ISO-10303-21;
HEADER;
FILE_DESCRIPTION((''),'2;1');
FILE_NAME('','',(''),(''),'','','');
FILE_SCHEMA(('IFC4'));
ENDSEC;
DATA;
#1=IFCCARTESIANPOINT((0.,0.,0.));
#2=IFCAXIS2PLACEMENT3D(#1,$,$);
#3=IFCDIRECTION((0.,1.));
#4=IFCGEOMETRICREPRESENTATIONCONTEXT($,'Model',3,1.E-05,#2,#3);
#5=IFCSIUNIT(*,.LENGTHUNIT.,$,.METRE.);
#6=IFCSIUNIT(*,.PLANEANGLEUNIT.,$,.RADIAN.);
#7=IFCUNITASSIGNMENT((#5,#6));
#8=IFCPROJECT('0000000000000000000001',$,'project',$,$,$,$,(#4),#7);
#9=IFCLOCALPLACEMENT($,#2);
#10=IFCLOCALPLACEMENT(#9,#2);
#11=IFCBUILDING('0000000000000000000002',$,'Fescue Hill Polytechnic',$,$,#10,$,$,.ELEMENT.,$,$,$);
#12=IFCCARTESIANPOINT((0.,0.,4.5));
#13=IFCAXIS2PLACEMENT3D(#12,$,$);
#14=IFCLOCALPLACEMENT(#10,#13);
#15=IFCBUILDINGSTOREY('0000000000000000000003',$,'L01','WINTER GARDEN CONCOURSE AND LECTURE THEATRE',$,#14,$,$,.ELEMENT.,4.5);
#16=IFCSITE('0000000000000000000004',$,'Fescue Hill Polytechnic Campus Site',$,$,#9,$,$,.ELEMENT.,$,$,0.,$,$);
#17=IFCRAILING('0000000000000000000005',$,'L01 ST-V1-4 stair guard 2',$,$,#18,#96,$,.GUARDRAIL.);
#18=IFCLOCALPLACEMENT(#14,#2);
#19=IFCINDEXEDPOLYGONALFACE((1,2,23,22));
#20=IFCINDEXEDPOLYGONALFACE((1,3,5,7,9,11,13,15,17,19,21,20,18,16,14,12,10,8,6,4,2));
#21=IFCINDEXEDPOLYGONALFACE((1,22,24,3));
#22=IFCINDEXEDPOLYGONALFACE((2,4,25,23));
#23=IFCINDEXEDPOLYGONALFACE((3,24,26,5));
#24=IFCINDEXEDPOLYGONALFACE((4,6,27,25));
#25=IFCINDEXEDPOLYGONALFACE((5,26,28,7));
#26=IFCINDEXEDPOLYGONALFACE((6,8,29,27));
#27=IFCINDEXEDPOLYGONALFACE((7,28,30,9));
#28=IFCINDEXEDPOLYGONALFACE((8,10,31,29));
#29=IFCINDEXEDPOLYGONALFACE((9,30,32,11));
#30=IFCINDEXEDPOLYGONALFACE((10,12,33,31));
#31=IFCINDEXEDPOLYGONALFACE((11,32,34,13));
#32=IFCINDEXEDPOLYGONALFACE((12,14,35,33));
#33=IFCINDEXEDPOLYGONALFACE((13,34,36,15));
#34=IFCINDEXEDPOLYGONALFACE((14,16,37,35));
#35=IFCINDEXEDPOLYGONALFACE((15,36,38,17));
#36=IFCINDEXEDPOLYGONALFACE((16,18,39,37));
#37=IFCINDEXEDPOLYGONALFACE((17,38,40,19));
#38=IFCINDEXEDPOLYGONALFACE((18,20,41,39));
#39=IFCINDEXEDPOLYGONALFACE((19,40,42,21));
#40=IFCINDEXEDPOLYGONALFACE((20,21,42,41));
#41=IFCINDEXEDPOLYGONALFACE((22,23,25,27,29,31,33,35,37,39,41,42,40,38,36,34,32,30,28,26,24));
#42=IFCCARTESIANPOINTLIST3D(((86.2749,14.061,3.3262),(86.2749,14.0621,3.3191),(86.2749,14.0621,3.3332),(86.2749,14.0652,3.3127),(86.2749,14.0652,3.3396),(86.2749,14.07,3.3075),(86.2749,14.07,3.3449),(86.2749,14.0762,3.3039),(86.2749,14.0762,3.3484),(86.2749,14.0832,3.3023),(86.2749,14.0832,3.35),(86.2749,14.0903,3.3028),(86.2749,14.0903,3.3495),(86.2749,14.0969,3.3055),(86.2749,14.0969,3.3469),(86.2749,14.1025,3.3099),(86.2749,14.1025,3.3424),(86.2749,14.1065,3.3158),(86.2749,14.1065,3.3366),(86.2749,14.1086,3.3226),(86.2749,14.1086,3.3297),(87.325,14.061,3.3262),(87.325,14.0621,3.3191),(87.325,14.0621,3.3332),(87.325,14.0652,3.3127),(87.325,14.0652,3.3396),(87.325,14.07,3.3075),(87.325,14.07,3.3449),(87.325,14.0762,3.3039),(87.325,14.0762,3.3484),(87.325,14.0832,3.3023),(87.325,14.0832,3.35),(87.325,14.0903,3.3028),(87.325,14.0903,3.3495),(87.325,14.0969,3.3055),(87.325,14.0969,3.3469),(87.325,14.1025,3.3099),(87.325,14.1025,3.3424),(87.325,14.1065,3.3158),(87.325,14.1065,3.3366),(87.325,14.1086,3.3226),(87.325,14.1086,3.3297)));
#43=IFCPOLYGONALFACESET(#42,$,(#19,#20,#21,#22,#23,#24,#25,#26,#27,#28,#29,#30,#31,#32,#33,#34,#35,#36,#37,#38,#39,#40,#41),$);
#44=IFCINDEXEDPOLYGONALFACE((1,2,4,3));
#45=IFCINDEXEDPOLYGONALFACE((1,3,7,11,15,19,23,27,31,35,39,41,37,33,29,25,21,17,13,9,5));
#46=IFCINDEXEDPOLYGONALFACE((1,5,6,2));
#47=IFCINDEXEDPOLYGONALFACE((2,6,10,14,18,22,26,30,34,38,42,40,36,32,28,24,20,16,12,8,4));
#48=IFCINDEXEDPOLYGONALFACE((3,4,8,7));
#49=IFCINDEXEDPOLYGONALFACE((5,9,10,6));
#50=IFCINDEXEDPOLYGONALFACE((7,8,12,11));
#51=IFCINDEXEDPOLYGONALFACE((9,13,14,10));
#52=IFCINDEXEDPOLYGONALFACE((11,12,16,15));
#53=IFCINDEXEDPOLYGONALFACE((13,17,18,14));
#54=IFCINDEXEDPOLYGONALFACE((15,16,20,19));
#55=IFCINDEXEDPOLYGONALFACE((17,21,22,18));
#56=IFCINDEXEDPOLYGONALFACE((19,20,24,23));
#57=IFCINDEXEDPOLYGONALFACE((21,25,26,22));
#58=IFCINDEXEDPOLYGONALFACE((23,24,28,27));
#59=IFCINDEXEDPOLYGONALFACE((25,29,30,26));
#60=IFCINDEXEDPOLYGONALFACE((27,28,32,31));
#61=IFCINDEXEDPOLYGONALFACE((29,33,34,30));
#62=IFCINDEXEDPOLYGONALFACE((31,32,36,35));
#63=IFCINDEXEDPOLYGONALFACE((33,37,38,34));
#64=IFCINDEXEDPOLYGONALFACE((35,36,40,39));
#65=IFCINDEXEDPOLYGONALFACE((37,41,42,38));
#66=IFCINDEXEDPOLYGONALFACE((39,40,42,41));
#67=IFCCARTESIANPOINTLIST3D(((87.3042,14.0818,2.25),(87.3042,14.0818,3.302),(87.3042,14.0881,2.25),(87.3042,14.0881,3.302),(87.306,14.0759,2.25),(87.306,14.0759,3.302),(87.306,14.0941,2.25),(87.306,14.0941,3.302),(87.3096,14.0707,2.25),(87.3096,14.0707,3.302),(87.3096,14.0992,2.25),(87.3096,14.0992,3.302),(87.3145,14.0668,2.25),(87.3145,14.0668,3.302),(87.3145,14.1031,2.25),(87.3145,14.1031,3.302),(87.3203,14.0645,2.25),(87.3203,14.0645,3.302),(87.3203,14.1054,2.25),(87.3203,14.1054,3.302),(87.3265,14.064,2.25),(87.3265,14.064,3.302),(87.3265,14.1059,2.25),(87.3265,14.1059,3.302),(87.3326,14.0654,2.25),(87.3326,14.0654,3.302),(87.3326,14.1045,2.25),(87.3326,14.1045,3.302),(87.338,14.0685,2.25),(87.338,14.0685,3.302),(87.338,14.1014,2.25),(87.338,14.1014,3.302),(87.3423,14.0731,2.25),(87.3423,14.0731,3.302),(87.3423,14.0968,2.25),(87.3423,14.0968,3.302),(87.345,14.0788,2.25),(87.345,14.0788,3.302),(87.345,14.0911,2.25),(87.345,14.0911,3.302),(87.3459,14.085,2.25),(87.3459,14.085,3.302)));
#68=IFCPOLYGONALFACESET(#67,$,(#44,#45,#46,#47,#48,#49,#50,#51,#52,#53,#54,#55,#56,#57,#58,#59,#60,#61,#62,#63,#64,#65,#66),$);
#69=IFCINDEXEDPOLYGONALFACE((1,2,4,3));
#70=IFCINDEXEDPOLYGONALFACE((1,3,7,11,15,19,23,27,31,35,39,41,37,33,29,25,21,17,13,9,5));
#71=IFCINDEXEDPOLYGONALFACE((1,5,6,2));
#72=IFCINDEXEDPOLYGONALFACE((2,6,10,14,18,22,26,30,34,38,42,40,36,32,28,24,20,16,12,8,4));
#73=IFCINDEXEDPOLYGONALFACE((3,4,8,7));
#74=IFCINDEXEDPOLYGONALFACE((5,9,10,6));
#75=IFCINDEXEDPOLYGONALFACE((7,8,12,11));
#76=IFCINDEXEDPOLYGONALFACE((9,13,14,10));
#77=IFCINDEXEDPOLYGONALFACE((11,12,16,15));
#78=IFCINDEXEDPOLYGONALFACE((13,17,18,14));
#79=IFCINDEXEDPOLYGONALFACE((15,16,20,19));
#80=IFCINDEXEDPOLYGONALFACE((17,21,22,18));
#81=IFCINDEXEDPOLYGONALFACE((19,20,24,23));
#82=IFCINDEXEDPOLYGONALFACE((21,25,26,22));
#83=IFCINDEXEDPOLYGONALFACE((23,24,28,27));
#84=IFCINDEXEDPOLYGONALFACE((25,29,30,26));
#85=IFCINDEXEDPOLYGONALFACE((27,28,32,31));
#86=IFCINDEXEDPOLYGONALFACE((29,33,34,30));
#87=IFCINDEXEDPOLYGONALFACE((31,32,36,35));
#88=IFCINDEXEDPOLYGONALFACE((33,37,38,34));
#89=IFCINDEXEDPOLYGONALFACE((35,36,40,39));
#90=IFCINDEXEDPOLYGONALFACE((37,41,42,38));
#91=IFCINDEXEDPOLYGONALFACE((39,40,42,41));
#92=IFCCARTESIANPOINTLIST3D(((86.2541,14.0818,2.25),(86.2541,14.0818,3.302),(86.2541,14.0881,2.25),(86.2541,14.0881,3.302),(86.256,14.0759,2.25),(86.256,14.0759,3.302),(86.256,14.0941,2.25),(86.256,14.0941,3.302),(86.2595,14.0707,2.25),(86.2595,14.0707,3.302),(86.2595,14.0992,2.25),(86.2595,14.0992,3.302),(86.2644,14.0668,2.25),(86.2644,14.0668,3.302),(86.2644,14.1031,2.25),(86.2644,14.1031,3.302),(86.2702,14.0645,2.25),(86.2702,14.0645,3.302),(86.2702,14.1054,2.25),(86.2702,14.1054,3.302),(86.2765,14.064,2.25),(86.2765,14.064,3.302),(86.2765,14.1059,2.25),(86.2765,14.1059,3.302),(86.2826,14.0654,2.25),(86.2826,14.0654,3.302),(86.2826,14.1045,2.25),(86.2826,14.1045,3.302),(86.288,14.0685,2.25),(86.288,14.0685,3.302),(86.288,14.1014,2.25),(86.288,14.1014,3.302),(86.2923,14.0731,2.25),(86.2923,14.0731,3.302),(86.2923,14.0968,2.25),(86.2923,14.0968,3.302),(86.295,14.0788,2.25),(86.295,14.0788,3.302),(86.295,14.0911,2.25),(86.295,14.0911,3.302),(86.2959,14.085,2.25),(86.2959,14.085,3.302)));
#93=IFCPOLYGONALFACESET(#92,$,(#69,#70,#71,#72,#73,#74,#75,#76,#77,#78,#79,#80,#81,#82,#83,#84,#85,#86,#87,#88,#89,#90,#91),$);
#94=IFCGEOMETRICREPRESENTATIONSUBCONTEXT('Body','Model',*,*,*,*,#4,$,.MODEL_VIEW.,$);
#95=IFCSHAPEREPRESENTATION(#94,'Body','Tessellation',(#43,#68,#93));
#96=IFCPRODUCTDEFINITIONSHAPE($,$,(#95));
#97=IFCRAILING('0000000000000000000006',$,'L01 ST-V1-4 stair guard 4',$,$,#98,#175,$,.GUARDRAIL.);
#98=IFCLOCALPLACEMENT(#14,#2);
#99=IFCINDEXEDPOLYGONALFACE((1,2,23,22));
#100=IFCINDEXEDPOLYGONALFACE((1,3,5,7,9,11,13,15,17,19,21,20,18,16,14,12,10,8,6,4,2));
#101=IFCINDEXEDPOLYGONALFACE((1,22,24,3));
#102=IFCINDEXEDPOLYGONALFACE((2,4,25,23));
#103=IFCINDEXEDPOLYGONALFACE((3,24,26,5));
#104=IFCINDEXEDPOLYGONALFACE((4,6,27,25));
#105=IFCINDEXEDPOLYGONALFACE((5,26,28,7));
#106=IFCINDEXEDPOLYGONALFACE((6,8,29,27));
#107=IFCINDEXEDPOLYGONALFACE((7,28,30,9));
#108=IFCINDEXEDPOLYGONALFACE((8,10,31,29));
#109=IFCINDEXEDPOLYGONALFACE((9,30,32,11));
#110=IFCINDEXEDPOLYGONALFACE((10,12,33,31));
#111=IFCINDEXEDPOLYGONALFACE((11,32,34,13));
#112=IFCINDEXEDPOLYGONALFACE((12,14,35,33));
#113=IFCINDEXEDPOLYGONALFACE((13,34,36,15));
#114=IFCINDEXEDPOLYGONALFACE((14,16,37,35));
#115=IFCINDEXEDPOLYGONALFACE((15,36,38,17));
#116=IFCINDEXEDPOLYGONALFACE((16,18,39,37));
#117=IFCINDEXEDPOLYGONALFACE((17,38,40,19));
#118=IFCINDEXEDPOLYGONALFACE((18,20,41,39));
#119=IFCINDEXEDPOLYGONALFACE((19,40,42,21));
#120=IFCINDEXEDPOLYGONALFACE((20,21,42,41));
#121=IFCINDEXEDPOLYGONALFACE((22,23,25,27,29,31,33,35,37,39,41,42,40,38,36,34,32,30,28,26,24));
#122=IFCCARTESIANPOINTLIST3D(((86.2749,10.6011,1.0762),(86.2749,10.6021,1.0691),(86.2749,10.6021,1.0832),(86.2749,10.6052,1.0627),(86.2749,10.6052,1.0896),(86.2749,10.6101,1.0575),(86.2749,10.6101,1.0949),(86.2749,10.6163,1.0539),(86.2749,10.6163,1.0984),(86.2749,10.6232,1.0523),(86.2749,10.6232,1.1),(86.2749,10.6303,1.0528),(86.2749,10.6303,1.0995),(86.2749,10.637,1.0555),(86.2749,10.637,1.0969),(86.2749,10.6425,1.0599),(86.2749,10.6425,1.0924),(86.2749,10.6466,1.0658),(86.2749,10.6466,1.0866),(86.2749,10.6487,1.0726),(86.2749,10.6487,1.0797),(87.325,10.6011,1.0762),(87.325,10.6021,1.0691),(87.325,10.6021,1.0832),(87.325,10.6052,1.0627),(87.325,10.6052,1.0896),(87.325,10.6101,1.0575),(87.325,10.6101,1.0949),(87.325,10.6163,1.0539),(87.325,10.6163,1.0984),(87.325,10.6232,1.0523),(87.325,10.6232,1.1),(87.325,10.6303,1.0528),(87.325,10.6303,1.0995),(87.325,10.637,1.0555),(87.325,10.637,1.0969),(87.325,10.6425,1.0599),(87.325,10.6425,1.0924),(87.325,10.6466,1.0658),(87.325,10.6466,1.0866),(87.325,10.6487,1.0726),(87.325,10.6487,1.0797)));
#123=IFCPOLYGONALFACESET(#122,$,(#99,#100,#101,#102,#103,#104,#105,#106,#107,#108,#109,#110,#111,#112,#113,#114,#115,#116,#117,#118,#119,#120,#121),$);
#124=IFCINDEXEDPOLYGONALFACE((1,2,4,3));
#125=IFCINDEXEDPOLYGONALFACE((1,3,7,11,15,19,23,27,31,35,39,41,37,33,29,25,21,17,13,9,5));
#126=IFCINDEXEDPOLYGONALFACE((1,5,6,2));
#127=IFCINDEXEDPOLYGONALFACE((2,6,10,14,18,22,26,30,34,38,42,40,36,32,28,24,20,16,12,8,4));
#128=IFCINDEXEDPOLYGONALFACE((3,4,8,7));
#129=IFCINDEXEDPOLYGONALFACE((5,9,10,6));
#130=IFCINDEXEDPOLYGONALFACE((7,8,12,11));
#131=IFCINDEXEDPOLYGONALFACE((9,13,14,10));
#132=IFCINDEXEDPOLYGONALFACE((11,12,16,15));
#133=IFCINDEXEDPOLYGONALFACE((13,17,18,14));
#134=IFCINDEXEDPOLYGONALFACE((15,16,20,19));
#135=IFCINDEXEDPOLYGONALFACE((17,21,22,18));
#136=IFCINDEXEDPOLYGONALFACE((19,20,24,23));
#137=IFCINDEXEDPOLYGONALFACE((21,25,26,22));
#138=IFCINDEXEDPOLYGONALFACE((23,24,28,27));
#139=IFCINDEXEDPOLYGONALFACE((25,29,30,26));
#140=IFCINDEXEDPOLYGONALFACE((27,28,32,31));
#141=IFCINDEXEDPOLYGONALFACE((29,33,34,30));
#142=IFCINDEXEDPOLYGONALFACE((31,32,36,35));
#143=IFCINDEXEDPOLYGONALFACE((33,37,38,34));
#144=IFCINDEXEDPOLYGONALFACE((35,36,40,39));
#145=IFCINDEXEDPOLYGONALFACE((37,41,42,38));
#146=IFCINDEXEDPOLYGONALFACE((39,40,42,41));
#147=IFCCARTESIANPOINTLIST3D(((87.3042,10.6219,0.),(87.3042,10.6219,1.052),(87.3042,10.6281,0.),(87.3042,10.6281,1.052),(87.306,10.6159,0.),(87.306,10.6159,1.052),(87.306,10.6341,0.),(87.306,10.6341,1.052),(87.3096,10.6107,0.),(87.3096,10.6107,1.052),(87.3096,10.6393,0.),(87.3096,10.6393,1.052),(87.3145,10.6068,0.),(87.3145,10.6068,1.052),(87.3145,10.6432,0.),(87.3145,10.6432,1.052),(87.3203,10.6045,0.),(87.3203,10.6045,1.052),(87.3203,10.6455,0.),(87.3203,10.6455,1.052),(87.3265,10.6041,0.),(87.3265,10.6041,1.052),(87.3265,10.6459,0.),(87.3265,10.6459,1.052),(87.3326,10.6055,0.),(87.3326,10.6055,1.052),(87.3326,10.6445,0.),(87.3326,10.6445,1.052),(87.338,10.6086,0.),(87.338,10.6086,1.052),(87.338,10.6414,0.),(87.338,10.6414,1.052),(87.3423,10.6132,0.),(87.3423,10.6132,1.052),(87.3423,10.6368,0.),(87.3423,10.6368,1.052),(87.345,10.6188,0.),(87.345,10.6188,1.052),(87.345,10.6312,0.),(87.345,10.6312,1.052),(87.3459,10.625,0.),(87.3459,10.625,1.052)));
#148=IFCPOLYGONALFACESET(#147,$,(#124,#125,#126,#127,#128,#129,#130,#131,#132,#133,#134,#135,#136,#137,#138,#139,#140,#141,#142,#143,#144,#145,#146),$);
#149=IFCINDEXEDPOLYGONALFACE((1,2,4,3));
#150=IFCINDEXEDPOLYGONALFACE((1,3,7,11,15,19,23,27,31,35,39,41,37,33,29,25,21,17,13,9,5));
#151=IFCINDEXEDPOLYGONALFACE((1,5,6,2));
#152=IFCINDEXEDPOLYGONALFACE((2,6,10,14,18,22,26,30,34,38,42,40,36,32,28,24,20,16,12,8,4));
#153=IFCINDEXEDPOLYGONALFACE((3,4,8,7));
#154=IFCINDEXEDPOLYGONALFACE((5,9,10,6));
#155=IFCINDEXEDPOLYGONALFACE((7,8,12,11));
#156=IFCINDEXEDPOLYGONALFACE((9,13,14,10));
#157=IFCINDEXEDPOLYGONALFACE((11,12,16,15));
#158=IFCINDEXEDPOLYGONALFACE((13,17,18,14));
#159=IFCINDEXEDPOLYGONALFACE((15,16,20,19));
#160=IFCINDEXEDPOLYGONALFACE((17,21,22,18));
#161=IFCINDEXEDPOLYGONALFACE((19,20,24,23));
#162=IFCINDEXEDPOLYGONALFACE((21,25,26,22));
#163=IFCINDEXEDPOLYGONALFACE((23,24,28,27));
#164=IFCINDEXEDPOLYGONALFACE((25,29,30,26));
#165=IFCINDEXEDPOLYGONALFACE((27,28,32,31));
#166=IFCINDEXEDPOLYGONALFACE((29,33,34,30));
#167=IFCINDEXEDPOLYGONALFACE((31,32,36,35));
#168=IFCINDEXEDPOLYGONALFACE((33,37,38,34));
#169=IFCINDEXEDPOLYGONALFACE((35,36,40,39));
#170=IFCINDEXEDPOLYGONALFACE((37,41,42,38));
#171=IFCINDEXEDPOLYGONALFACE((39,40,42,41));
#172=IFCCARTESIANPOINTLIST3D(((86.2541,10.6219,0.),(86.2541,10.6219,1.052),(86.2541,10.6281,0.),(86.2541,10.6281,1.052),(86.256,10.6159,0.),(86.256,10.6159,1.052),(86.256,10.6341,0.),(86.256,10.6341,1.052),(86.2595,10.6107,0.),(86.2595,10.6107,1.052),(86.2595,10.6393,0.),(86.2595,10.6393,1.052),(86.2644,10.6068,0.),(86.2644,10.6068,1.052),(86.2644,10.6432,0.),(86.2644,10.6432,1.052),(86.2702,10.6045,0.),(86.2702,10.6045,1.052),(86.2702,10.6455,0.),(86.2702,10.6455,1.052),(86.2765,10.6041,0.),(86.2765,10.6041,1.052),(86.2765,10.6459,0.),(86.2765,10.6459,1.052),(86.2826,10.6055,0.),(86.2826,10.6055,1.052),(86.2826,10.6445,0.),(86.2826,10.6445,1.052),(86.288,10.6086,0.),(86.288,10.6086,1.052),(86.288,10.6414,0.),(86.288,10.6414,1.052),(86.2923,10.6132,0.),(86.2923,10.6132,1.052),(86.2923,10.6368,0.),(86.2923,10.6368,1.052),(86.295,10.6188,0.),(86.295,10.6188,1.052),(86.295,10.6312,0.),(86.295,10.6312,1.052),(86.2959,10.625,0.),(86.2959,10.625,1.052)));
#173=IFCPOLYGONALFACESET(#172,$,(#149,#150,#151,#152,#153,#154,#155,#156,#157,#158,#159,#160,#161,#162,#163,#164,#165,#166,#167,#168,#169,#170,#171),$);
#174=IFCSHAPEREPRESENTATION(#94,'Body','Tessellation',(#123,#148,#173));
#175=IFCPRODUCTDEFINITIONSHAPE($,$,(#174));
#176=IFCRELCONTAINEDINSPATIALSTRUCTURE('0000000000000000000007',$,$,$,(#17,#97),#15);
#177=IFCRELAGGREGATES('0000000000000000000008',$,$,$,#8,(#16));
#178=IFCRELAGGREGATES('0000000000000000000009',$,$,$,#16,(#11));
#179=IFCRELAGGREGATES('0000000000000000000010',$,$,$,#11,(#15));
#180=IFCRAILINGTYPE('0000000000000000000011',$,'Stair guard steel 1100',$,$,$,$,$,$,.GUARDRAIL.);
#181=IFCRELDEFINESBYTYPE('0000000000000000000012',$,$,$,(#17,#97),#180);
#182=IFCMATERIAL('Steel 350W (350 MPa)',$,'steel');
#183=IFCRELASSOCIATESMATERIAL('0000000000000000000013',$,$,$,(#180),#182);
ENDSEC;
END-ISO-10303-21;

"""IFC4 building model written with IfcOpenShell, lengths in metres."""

from ifc_helpers import new_model, si_unit, direction, frame, origin, origin_2d, place, context, subcontext, project, spatial, circle, extrude, material, type_object, element, save


model = new_model("IFC4")

# Units and contexts
model_context = context("Model", 3, precision=1e-05, world=origin(), true_north=direction((0.0, 1.0)))
body_context = subcontext(model_context, "Body", "Model", "MODEL_VIEW")
ifc_project = project(units=[si_unit("LENGTHUNIT", "METRE"), si_unit("PLANEANGLEUNIT", "RADIAN")], contexts=[model_context])

# Site, building, storey
site_placement = place(None, origin())
site = spatial("IfcSite", under=ifc_project, at=site_placement, Name="Fescue Hill Polytechnic Campus Site", CompositionType="ELEMENT", RefElevation=0.0)
building_placement = place(site_placement, origin())
building = spatial("IfcBuilding", under=site, at=building_placement, Name="Fescue Hill Polytechnic", CompositionType="ELEMENT")
storey_placement = place(building_placement, frame((0.0, 0.0, 4.5)))
storey = spatial("IfcBuildingStorey", under=building, at=storey_placement, Name="L01", Description="WINTER GARDEN CONCOURSE AND LECTURE THEATRE", CompositionType="ELEMENT", Elevation=4.5)

# Railings
ifc_material_1 = material(Name="Steel 350W (350 MPa)", Category="steel")
railing_type_1 = type_object("IfcRailingType", Name="Stair guard steel 1100", PredefinedType="GUARDRAIL", material=ifc_material_1)
for number, where, name in (
    (1, (87.325, 14.085, 2.25), "L01 ST-V1-4 stair guard 2"),
    (2, (87.325, 10.625, 0.0), "L01 ST-V1-4 stair guard 4"),
):
    element("IfcRailing", number, at=place(storey_placement, frame(where)), inside=storey, type_object=railing_type_1, Name=name, PredefinedType="GUARDRAIL", context=body_context, shape_type="SweptSolid", body=[
        extrude(circle(Radius=0.0239, at=origin_2d()), frame((0.0, 0.0, 1.0762), z_axis=(-1.0, 0.0, 0.0), x_axis=(0.0, -1.0, 0.0)), (0.0, 0.0, 1.0), 1.05),
        extrude(circle(Radius=0.021, at=origin_2d()), origin(), (0.0, 0.0, 1.0), 1.052),
        extrude(circle(Radius=0.021, at=origin_2d()), frame((-1.05, 0.0, 0.0)), (0.0, 0.0, 1.0), 1.052),
    ])

save(model, "model.ifc")
